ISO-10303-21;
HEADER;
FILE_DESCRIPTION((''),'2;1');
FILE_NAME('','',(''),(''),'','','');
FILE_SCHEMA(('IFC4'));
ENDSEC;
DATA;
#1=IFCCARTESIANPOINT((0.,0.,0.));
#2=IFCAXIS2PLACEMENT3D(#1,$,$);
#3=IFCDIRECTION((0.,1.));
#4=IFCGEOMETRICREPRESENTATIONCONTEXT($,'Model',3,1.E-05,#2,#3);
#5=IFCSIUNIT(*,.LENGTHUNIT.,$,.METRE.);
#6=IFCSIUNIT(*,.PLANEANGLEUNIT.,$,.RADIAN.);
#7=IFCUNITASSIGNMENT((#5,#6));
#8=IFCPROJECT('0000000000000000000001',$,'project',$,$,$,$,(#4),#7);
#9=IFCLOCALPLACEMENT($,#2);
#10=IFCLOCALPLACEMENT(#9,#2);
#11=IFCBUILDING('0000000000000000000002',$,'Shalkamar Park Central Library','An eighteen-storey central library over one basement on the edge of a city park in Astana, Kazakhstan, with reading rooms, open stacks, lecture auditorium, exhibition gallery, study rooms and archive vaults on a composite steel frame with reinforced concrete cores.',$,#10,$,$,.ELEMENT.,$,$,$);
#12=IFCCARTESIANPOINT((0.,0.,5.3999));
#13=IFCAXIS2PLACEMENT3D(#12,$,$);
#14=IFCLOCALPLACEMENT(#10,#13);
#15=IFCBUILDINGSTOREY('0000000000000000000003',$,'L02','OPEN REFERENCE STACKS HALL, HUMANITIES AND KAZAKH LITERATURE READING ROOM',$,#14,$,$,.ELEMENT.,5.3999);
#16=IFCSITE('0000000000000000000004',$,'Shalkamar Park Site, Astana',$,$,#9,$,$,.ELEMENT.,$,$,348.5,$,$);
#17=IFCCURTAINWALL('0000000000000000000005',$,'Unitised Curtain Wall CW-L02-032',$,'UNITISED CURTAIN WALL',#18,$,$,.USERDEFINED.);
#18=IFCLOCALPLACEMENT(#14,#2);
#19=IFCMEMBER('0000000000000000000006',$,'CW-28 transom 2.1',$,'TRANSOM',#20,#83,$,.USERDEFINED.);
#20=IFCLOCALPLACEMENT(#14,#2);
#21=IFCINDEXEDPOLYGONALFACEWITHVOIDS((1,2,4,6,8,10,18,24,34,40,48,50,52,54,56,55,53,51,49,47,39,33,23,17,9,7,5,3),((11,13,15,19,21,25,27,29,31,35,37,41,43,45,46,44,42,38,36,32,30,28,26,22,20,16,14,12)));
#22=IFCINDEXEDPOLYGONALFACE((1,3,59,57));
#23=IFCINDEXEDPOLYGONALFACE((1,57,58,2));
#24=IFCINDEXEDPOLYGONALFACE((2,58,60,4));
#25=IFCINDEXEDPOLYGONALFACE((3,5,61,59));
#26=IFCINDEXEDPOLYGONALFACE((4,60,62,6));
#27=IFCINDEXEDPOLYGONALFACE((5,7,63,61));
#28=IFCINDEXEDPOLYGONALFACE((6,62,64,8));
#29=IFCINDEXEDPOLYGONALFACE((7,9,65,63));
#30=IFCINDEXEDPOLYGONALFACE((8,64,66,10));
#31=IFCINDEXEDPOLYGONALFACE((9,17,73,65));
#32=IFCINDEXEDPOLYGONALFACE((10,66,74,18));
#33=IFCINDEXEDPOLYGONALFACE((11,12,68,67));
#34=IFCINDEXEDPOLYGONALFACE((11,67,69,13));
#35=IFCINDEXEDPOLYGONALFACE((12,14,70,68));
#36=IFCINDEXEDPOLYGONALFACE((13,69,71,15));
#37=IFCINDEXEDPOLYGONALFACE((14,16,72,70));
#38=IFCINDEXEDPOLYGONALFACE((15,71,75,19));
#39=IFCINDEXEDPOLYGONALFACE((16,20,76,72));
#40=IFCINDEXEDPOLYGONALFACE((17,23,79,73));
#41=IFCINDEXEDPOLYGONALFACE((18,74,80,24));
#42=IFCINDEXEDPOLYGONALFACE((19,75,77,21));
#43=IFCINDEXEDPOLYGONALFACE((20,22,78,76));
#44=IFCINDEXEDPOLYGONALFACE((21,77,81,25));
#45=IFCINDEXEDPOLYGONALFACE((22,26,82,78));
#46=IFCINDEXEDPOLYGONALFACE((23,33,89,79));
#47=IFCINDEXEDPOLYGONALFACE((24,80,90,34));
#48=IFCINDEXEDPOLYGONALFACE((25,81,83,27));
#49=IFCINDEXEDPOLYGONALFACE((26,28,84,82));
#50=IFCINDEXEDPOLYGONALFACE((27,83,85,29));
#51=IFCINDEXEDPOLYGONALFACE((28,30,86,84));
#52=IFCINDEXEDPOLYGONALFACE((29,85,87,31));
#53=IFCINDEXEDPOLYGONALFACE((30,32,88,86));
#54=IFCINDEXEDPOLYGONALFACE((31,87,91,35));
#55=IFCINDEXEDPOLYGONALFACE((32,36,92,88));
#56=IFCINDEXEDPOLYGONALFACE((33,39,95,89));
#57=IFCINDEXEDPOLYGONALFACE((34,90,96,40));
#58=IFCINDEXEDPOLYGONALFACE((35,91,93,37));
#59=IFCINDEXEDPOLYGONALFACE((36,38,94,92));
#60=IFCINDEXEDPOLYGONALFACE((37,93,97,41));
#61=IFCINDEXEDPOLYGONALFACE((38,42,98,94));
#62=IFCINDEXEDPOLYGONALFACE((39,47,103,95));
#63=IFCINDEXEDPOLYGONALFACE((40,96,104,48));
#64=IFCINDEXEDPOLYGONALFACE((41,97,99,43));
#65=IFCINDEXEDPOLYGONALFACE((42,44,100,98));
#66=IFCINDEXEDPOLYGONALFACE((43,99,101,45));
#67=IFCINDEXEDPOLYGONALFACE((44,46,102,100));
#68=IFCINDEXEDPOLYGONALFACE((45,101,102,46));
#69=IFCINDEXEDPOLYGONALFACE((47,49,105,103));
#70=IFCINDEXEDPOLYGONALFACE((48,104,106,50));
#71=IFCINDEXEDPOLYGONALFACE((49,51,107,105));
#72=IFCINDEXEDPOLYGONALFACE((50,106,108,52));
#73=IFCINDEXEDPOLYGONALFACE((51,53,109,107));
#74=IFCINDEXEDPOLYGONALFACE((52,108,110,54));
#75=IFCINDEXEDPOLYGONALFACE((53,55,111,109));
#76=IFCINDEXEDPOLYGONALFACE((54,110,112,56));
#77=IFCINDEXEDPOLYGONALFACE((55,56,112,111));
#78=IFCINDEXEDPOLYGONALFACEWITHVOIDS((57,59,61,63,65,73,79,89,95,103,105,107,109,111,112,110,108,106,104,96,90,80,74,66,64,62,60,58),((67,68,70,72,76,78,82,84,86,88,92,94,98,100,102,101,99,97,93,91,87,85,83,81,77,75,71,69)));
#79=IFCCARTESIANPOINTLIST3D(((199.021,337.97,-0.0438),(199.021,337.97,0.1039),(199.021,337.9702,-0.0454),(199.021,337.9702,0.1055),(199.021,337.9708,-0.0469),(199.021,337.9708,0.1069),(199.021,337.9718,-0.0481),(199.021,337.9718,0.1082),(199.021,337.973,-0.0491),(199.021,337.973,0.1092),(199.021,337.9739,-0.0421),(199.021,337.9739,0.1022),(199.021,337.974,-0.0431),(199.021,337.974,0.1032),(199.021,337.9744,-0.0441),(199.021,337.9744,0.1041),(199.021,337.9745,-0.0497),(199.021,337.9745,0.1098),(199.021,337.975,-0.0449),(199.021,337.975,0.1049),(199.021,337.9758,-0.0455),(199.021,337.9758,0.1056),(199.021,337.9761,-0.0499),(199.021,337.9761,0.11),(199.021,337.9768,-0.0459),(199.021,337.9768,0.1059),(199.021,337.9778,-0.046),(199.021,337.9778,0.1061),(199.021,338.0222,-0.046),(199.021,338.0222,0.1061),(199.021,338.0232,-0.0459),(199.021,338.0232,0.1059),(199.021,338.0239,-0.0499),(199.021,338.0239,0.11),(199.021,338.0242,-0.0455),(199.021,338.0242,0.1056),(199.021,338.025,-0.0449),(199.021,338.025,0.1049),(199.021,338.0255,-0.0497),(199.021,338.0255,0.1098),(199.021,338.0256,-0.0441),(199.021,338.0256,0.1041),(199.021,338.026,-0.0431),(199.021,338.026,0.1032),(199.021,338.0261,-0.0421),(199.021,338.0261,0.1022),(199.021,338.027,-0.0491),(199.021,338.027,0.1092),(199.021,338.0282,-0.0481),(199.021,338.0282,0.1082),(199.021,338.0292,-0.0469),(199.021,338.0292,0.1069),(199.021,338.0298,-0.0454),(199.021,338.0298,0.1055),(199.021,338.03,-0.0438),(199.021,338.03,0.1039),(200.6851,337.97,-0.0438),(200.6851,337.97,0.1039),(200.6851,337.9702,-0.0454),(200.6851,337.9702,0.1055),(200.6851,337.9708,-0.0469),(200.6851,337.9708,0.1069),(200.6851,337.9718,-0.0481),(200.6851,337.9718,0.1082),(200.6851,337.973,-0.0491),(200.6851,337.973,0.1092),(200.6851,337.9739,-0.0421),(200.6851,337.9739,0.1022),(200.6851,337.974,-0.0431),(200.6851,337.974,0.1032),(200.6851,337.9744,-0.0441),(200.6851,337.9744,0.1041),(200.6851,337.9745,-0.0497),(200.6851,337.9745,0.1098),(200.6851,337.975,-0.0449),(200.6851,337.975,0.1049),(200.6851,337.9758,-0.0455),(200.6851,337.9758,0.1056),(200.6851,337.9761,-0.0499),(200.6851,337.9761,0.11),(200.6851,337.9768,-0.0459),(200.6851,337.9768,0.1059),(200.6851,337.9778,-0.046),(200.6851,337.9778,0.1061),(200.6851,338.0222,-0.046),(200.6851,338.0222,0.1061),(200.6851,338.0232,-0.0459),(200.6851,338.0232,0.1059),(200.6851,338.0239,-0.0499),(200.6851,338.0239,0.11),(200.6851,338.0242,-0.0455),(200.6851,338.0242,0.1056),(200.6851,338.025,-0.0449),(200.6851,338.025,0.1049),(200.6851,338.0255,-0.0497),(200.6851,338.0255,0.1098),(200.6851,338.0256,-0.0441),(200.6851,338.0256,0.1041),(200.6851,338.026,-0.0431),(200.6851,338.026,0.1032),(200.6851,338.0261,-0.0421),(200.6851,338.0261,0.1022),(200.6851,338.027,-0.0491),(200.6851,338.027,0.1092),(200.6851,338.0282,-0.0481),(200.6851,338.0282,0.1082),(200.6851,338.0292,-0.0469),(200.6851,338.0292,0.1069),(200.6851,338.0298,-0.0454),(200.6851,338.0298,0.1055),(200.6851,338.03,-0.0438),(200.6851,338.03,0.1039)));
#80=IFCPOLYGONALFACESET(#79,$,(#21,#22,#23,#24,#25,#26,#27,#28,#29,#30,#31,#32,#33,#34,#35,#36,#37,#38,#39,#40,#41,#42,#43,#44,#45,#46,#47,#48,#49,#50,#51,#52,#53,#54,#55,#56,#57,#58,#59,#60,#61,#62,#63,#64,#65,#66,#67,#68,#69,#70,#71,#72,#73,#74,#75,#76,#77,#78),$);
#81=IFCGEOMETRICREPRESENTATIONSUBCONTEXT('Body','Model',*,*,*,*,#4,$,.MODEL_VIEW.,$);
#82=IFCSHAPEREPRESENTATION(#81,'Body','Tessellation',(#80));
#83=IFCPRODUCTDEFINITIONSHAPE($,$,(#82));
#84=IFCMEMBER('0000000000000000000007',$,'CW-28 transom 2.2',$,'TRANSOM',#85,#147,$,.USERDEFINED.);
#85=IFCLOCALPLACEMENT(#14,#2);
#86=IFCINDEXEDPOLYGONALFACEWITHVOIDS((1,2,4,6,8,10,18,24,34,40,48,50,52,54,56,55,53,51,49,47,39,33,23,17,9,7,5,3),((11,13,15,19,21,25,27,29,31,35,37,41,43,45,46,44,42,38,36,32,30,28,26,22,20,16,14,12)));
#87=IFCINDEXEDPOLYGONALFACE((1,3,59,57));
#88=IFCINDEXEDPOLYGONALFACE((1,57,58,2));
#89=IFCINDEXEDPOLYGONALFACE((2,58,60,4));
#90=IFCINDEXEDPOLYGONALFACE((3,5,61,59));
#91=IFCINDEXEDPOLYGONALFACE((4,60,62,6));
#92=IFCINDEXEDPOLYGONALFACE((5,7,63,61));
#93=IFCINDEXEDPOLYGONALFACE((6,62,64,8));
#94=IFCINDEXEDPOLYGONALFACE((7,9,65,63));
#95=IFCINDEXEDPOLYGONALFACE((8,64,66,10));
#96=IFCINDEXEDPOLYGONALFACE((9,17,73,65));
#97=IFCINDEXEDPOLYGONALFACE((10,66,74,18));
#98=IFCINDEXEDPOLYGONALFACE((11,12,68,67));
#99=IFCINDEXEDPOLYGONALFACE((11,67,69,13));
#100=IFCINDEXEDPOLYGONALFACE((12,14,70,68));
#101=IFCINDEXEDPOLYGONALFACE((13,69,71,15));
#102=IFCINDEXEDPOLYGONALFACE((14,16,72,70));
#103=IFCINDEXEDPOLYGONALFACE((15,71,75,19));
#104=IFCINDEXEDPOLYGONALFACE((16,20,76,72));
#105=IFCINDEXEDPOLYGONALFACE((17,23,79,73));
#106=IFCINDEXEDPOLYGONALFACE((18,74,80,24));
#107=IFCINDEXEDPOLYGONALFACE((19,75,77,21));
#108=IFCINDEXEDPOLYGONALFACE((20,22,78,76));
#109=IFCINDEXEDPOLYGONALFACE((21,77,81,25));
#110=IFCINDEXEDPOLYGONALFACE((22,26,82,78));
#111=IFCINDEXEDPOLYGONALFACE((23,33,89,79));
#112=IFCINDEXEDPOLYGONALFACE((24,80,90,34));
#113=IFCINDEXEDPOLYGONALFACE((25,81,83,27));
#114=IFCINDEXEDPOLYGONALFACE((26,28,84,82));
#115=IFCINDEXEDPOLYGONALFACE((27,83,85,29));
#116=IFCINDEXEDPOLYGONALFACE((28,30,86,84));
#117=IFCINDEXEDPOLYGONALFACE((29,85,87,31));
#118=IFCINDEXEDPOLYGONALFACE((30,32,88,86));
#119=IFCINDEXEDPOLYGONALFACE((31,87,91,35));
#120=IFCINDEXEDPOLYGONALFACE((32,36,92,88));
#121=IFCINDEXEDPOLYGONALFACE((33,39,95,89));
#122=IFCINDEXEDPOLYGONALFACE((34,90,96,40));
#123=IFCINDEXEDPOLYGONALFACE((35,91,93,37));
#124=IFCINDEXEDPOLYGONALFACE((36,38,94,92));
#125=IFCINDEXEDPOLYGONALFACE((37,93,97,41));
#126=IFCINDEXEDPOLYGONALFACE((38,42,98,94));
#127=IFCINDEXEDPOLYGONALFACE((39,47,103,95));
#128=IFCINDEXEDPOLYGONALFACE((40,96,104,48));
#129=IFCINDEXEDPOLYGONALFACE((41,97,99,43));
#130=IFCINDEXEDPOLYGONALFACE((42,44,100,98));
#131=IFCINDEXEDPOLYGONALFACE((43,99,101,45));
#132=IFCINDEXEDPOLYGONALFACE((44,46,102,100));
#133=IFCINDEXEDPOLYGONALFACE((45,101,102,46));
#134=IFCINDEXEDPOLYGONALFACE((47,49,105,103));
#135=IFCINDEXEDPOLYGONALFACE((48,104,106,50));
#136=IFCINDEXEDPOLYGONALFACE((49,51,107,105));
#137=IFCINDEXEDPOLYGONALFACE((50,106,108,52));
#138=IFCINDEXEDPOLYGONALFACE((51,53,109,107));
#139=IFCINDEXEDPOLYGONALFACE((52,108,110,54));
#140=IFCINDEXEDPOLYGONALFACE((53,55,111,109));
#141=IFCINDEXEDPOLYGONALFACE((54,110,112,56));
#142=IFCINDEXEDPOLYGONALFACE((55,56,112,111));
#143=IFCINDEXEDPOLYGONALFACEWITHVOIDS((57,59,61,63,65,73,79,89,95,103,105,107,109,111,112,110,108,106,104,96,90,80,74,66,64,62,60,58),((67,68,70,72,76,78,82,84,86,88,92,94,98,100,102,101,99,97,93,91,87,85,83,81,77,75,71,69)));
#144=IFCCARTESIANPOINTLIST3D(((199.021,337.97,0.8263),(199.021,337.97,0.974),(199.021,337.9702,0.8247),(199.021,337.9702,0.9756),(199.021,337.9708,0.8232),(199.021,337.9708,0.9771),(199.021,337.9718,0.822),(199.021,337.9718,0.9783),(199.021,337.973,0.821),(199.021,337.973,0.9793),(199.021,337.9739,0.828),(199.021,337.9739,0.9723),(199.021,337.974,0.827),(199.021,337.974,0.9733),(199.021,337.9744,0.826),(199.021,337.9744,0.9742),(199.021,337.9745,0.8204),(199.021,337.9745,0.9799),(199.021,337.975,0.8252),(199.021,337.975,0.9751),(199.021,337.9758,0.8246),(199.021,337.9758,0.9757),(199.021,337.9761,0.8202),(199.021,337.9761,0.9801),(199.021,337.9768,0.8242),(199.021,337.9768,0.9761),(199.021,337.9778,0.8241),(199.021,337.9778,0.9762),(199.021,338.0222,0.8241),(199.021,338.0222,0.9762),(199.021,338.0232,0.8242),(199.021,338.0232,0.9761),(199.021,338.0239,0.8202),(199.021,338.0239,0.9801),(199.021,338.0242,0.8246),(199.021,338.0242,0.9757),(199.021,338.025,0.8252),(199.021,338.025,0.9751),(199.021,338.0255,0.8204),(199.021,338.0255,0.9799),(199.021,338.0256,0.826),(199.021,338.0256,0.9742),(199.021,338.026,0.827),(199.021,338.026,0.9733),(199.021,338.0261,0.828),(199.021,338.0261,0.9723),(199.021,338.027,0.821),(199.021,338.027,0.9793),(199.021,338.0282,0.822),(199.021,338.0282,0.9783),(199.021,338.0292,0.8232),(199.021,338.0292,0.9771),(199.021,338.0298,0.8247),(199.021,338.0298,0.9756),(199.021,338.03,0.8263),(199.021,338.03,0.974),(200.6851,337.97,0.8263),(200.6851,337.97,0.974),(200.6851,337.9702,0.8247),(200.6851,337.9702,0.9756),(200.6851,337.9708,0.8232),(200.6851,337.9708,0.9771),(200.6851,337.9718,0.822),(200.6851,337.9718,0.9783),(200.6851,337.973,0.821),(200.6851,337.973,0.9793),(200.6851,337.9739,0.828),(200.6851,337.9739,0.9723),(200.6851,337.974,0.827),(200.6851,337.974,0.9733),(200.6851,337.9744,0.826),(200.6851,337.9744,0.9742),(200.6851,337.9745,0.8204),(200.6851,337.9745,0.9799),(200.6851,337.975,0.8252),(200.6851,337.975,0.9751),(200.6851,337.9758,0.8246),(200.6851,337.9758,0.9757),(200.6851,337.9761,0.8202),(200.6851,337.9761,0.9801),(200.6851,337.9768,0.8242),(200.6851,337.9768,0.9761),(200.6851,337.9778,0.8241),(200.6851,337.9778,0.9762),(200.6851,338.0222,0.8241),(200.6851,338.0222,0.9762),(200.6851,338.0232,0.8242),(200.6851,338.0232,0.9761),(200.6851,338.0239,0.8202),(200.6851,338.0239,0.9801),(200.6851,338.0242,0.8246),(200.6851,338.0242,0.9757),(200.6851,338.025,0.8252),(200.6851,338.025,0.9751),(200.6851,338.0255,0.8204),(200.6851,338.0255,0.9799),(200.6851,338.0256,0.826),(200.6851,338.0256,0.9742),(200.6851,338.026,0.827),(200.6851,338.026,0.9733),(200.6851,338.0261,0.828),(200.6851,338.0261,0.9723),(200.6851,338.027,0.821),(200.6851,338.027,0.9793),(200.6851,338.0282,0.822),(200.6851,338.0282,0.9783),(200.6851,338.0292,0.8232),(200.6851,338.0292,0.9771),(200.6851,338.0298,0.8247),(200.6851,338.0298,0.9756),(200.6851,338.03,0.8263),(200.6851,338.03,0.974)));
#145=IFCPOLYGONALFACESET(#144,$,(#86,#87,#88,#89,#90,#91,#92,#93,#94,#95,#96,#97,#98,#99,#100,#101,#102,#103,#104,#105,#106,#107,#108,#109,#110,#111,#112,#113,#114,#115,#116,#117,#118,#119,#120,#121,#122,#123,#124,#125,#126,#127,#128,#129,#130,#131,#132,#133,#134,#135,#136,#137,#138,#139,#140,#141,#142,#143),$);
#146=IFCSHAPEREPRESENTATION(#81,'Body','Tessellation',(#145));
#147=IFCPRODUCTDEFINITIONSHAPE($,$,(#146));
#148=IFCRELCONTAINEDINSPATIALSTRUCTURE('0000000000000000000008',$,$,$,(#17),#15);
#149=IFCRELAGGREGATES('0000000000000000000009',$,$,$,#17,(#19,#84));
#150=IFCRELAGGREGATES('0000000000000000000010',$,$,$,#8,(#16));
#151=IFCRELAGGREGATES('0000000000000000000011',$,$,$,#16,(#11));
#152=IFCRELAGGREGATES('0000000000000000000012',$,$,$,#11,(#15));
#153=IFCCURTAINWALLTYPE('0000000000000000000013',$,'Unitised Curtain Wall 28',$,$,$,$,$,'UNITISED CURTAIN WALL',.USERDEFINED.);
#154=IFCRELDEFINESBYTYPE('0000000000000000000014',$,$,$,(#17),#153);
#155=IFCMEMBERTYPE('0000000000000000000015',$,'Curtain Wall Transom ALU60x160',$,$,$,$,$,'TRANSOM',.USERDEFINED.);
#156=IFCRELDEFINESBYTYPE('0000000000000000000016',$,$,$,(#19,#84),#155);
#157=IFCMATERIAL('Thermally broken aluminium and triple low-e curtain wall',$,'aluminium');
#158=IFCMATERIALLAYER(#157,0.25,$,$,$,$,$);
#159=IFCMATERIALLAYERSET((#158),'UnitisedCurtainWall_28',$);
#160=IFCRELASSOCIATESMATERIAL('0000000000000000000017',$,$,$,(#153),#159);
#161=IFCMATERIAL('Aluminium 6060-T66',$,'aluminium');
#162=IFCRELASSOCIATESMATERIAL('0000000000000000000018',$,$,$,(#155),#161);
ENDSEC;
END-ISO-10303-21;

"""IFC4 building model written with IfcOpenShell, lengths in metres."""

from ifc_helpers import new_model, si_unit, direction, frame, origin, origin_2d, place, context, subcontext, project, spatial, hollow_rectangle, extrude, material, layer, layer_set, material_profile, profile_set, type_object, element, aggregate, save


model = new_model("IFC4")

# Units and contexts
model_context = context("Model", 3, precision=1e-05, world=origin(), true_north=direction((0.0, 1.0)))
body_context = subcontext(model_context, "Body", "Model", "MODEL_VIEW")
ifc_project = project(units=[si_unit("LENGTHUNIT", "METRE"), si_unit("PLANEANGLEUNIT", "RADIAN")], contexts=[model_context])

# Site, building, storey
site_placement = place(None, origin())
site = spatial("IfcSite", under=ifc_project, at=site_placement, Name="Shalkamar Park Site, Astana", CompositionType="ELEMENT", RefElevation=348.5)
building_placement = place(site_placement, origin())
building = spatial("IfcBuilding", under=site, at=building_placement, Name="Shalkamar Park Central Library", Description="An eighteen-storey central library over one basement on the edge of a city park in Astana, Kazakhstan, with reading rooms, open stacks, lecture auditorium, exhibition gallery, study rooms and archive vaults on a composite steel frame with reinforced concrete cores.", CompositionType="ELEMENT")
storey_placement = place(building_placement, frame((0.0, 0.0, 5.3999)))
storey = spatial("IfcBuildingStorey", under=building, at=storey_placement, Name="L02", Description="OPEN REFERENCE STACKS HALL, HUMANITIES AND KAZAKH LITERATURE READING ROOM", CompositionType="ELEMENT", Elevation=5.3999)

# Curtain wall
ifc_material_1 = material(Name="Thermally broken aluminium and triple low-e curtain wall", Category="aluminium")
ifc_layer_1 = layer(ifc_material_1, 0.25)
ifc_layer_set_1 = layer_set([ifc_layer_1], Name="UnitisedCurtainWall_28")
curtain_wall_type_1 = type_object("IfcCurtainWallType", Name="Unitised Curtain Wall 28", ElementType="UNITISED CURTAIN WALL", PredefinedType="USERDEFINED", material=ifc_layer_set_1)
curtain_wall_1_placement = place(storey_placement, origin())
curtain_wall_1 = element("IfcCurtainWall", 1, at=curtain_wall_1_placement, inside=storey, type_object=curtain_wall_type_1, Name="Unitised Curtain Wall CW-L02-032", ObjectType="UNITISED CURTAIN WALL", PredefinedType="USERDEFINED")
ifc_material_2 = material(Name="Aluminium 6060-T66", Category="aluminium")

# Members
ifc_material_profile_1 = material_profile(ifc_material_2, hollow_rectangle(XDim=0.0601, YDim=0.1599, WallThickness=0.0039, InnerFilletRadius=0.0039, OuterFilletRadius=0.0061, at=origin_2d()), Name="ALU 60x160x4")
ifc_profile_set_1 = profile_set([ifc_material_profile_1], Name="Aluminium 6060-T66")
member_type_1 = type_object("IfcMemberType", Name="Curtain Wall Transom ALU60x160", ElementType="TRANSOM", PredefinedType="USERDEFINED", material=ifc_profile_set_1)
member_1_placement = place(storey_placement, frame((199.021, 338.0, 0.03), z_axis=(1.0, 0.0, 0.0), x_axis=(0.0, 1.0, 0.0)))
member_1 = element("IfcMember", 2, at=member_1_placement, type_object=member_type_1, Name="CW-28 transom 2.1", ObjectType="TRANSOM", PredefinedType="USERDEFINED", context=body_context, shape_type="SweptSolid", body=[
    extrude(hollow_rectangle(XDim=0.0601, YDim=0.1599, WallThickness=0.0039, InnerFilletRadius=0.0039, OuterFilletRadius=0.0061, at=origin_2d()), origin(), (0.0, 0.0, 1.0), 1.6641),
])
member_2_placement = place(storey_placement, frame((199.021, 338.0, 0.9001), z_axis=(1.0, 0.0, 0.0), x_axis=(0.0, 1.0, 0.0)))
member_2 = element("IfcMember", 3, at=member_2_placement, type_object=member_type_1, Name="CW-28 transom 2.2", ObjectType="TRANSOM", PredefinedType="USERDEFINED", context=body_context, shape_type="SweptSolid", body=[
    extrude(hollow_rectangle(XDim=0.0601, YDim=0.1599, WallThickness=0.0039, InnerFilletRadius=0.0039, OuterFilletRadius=0.0061, at=origin_2d()), origin(), (0.0, 0.0, 1.0), 1.6641),
])

aggregate(curtain_wall_1, [member_1, member_2])

save(model, "model.ifc")
